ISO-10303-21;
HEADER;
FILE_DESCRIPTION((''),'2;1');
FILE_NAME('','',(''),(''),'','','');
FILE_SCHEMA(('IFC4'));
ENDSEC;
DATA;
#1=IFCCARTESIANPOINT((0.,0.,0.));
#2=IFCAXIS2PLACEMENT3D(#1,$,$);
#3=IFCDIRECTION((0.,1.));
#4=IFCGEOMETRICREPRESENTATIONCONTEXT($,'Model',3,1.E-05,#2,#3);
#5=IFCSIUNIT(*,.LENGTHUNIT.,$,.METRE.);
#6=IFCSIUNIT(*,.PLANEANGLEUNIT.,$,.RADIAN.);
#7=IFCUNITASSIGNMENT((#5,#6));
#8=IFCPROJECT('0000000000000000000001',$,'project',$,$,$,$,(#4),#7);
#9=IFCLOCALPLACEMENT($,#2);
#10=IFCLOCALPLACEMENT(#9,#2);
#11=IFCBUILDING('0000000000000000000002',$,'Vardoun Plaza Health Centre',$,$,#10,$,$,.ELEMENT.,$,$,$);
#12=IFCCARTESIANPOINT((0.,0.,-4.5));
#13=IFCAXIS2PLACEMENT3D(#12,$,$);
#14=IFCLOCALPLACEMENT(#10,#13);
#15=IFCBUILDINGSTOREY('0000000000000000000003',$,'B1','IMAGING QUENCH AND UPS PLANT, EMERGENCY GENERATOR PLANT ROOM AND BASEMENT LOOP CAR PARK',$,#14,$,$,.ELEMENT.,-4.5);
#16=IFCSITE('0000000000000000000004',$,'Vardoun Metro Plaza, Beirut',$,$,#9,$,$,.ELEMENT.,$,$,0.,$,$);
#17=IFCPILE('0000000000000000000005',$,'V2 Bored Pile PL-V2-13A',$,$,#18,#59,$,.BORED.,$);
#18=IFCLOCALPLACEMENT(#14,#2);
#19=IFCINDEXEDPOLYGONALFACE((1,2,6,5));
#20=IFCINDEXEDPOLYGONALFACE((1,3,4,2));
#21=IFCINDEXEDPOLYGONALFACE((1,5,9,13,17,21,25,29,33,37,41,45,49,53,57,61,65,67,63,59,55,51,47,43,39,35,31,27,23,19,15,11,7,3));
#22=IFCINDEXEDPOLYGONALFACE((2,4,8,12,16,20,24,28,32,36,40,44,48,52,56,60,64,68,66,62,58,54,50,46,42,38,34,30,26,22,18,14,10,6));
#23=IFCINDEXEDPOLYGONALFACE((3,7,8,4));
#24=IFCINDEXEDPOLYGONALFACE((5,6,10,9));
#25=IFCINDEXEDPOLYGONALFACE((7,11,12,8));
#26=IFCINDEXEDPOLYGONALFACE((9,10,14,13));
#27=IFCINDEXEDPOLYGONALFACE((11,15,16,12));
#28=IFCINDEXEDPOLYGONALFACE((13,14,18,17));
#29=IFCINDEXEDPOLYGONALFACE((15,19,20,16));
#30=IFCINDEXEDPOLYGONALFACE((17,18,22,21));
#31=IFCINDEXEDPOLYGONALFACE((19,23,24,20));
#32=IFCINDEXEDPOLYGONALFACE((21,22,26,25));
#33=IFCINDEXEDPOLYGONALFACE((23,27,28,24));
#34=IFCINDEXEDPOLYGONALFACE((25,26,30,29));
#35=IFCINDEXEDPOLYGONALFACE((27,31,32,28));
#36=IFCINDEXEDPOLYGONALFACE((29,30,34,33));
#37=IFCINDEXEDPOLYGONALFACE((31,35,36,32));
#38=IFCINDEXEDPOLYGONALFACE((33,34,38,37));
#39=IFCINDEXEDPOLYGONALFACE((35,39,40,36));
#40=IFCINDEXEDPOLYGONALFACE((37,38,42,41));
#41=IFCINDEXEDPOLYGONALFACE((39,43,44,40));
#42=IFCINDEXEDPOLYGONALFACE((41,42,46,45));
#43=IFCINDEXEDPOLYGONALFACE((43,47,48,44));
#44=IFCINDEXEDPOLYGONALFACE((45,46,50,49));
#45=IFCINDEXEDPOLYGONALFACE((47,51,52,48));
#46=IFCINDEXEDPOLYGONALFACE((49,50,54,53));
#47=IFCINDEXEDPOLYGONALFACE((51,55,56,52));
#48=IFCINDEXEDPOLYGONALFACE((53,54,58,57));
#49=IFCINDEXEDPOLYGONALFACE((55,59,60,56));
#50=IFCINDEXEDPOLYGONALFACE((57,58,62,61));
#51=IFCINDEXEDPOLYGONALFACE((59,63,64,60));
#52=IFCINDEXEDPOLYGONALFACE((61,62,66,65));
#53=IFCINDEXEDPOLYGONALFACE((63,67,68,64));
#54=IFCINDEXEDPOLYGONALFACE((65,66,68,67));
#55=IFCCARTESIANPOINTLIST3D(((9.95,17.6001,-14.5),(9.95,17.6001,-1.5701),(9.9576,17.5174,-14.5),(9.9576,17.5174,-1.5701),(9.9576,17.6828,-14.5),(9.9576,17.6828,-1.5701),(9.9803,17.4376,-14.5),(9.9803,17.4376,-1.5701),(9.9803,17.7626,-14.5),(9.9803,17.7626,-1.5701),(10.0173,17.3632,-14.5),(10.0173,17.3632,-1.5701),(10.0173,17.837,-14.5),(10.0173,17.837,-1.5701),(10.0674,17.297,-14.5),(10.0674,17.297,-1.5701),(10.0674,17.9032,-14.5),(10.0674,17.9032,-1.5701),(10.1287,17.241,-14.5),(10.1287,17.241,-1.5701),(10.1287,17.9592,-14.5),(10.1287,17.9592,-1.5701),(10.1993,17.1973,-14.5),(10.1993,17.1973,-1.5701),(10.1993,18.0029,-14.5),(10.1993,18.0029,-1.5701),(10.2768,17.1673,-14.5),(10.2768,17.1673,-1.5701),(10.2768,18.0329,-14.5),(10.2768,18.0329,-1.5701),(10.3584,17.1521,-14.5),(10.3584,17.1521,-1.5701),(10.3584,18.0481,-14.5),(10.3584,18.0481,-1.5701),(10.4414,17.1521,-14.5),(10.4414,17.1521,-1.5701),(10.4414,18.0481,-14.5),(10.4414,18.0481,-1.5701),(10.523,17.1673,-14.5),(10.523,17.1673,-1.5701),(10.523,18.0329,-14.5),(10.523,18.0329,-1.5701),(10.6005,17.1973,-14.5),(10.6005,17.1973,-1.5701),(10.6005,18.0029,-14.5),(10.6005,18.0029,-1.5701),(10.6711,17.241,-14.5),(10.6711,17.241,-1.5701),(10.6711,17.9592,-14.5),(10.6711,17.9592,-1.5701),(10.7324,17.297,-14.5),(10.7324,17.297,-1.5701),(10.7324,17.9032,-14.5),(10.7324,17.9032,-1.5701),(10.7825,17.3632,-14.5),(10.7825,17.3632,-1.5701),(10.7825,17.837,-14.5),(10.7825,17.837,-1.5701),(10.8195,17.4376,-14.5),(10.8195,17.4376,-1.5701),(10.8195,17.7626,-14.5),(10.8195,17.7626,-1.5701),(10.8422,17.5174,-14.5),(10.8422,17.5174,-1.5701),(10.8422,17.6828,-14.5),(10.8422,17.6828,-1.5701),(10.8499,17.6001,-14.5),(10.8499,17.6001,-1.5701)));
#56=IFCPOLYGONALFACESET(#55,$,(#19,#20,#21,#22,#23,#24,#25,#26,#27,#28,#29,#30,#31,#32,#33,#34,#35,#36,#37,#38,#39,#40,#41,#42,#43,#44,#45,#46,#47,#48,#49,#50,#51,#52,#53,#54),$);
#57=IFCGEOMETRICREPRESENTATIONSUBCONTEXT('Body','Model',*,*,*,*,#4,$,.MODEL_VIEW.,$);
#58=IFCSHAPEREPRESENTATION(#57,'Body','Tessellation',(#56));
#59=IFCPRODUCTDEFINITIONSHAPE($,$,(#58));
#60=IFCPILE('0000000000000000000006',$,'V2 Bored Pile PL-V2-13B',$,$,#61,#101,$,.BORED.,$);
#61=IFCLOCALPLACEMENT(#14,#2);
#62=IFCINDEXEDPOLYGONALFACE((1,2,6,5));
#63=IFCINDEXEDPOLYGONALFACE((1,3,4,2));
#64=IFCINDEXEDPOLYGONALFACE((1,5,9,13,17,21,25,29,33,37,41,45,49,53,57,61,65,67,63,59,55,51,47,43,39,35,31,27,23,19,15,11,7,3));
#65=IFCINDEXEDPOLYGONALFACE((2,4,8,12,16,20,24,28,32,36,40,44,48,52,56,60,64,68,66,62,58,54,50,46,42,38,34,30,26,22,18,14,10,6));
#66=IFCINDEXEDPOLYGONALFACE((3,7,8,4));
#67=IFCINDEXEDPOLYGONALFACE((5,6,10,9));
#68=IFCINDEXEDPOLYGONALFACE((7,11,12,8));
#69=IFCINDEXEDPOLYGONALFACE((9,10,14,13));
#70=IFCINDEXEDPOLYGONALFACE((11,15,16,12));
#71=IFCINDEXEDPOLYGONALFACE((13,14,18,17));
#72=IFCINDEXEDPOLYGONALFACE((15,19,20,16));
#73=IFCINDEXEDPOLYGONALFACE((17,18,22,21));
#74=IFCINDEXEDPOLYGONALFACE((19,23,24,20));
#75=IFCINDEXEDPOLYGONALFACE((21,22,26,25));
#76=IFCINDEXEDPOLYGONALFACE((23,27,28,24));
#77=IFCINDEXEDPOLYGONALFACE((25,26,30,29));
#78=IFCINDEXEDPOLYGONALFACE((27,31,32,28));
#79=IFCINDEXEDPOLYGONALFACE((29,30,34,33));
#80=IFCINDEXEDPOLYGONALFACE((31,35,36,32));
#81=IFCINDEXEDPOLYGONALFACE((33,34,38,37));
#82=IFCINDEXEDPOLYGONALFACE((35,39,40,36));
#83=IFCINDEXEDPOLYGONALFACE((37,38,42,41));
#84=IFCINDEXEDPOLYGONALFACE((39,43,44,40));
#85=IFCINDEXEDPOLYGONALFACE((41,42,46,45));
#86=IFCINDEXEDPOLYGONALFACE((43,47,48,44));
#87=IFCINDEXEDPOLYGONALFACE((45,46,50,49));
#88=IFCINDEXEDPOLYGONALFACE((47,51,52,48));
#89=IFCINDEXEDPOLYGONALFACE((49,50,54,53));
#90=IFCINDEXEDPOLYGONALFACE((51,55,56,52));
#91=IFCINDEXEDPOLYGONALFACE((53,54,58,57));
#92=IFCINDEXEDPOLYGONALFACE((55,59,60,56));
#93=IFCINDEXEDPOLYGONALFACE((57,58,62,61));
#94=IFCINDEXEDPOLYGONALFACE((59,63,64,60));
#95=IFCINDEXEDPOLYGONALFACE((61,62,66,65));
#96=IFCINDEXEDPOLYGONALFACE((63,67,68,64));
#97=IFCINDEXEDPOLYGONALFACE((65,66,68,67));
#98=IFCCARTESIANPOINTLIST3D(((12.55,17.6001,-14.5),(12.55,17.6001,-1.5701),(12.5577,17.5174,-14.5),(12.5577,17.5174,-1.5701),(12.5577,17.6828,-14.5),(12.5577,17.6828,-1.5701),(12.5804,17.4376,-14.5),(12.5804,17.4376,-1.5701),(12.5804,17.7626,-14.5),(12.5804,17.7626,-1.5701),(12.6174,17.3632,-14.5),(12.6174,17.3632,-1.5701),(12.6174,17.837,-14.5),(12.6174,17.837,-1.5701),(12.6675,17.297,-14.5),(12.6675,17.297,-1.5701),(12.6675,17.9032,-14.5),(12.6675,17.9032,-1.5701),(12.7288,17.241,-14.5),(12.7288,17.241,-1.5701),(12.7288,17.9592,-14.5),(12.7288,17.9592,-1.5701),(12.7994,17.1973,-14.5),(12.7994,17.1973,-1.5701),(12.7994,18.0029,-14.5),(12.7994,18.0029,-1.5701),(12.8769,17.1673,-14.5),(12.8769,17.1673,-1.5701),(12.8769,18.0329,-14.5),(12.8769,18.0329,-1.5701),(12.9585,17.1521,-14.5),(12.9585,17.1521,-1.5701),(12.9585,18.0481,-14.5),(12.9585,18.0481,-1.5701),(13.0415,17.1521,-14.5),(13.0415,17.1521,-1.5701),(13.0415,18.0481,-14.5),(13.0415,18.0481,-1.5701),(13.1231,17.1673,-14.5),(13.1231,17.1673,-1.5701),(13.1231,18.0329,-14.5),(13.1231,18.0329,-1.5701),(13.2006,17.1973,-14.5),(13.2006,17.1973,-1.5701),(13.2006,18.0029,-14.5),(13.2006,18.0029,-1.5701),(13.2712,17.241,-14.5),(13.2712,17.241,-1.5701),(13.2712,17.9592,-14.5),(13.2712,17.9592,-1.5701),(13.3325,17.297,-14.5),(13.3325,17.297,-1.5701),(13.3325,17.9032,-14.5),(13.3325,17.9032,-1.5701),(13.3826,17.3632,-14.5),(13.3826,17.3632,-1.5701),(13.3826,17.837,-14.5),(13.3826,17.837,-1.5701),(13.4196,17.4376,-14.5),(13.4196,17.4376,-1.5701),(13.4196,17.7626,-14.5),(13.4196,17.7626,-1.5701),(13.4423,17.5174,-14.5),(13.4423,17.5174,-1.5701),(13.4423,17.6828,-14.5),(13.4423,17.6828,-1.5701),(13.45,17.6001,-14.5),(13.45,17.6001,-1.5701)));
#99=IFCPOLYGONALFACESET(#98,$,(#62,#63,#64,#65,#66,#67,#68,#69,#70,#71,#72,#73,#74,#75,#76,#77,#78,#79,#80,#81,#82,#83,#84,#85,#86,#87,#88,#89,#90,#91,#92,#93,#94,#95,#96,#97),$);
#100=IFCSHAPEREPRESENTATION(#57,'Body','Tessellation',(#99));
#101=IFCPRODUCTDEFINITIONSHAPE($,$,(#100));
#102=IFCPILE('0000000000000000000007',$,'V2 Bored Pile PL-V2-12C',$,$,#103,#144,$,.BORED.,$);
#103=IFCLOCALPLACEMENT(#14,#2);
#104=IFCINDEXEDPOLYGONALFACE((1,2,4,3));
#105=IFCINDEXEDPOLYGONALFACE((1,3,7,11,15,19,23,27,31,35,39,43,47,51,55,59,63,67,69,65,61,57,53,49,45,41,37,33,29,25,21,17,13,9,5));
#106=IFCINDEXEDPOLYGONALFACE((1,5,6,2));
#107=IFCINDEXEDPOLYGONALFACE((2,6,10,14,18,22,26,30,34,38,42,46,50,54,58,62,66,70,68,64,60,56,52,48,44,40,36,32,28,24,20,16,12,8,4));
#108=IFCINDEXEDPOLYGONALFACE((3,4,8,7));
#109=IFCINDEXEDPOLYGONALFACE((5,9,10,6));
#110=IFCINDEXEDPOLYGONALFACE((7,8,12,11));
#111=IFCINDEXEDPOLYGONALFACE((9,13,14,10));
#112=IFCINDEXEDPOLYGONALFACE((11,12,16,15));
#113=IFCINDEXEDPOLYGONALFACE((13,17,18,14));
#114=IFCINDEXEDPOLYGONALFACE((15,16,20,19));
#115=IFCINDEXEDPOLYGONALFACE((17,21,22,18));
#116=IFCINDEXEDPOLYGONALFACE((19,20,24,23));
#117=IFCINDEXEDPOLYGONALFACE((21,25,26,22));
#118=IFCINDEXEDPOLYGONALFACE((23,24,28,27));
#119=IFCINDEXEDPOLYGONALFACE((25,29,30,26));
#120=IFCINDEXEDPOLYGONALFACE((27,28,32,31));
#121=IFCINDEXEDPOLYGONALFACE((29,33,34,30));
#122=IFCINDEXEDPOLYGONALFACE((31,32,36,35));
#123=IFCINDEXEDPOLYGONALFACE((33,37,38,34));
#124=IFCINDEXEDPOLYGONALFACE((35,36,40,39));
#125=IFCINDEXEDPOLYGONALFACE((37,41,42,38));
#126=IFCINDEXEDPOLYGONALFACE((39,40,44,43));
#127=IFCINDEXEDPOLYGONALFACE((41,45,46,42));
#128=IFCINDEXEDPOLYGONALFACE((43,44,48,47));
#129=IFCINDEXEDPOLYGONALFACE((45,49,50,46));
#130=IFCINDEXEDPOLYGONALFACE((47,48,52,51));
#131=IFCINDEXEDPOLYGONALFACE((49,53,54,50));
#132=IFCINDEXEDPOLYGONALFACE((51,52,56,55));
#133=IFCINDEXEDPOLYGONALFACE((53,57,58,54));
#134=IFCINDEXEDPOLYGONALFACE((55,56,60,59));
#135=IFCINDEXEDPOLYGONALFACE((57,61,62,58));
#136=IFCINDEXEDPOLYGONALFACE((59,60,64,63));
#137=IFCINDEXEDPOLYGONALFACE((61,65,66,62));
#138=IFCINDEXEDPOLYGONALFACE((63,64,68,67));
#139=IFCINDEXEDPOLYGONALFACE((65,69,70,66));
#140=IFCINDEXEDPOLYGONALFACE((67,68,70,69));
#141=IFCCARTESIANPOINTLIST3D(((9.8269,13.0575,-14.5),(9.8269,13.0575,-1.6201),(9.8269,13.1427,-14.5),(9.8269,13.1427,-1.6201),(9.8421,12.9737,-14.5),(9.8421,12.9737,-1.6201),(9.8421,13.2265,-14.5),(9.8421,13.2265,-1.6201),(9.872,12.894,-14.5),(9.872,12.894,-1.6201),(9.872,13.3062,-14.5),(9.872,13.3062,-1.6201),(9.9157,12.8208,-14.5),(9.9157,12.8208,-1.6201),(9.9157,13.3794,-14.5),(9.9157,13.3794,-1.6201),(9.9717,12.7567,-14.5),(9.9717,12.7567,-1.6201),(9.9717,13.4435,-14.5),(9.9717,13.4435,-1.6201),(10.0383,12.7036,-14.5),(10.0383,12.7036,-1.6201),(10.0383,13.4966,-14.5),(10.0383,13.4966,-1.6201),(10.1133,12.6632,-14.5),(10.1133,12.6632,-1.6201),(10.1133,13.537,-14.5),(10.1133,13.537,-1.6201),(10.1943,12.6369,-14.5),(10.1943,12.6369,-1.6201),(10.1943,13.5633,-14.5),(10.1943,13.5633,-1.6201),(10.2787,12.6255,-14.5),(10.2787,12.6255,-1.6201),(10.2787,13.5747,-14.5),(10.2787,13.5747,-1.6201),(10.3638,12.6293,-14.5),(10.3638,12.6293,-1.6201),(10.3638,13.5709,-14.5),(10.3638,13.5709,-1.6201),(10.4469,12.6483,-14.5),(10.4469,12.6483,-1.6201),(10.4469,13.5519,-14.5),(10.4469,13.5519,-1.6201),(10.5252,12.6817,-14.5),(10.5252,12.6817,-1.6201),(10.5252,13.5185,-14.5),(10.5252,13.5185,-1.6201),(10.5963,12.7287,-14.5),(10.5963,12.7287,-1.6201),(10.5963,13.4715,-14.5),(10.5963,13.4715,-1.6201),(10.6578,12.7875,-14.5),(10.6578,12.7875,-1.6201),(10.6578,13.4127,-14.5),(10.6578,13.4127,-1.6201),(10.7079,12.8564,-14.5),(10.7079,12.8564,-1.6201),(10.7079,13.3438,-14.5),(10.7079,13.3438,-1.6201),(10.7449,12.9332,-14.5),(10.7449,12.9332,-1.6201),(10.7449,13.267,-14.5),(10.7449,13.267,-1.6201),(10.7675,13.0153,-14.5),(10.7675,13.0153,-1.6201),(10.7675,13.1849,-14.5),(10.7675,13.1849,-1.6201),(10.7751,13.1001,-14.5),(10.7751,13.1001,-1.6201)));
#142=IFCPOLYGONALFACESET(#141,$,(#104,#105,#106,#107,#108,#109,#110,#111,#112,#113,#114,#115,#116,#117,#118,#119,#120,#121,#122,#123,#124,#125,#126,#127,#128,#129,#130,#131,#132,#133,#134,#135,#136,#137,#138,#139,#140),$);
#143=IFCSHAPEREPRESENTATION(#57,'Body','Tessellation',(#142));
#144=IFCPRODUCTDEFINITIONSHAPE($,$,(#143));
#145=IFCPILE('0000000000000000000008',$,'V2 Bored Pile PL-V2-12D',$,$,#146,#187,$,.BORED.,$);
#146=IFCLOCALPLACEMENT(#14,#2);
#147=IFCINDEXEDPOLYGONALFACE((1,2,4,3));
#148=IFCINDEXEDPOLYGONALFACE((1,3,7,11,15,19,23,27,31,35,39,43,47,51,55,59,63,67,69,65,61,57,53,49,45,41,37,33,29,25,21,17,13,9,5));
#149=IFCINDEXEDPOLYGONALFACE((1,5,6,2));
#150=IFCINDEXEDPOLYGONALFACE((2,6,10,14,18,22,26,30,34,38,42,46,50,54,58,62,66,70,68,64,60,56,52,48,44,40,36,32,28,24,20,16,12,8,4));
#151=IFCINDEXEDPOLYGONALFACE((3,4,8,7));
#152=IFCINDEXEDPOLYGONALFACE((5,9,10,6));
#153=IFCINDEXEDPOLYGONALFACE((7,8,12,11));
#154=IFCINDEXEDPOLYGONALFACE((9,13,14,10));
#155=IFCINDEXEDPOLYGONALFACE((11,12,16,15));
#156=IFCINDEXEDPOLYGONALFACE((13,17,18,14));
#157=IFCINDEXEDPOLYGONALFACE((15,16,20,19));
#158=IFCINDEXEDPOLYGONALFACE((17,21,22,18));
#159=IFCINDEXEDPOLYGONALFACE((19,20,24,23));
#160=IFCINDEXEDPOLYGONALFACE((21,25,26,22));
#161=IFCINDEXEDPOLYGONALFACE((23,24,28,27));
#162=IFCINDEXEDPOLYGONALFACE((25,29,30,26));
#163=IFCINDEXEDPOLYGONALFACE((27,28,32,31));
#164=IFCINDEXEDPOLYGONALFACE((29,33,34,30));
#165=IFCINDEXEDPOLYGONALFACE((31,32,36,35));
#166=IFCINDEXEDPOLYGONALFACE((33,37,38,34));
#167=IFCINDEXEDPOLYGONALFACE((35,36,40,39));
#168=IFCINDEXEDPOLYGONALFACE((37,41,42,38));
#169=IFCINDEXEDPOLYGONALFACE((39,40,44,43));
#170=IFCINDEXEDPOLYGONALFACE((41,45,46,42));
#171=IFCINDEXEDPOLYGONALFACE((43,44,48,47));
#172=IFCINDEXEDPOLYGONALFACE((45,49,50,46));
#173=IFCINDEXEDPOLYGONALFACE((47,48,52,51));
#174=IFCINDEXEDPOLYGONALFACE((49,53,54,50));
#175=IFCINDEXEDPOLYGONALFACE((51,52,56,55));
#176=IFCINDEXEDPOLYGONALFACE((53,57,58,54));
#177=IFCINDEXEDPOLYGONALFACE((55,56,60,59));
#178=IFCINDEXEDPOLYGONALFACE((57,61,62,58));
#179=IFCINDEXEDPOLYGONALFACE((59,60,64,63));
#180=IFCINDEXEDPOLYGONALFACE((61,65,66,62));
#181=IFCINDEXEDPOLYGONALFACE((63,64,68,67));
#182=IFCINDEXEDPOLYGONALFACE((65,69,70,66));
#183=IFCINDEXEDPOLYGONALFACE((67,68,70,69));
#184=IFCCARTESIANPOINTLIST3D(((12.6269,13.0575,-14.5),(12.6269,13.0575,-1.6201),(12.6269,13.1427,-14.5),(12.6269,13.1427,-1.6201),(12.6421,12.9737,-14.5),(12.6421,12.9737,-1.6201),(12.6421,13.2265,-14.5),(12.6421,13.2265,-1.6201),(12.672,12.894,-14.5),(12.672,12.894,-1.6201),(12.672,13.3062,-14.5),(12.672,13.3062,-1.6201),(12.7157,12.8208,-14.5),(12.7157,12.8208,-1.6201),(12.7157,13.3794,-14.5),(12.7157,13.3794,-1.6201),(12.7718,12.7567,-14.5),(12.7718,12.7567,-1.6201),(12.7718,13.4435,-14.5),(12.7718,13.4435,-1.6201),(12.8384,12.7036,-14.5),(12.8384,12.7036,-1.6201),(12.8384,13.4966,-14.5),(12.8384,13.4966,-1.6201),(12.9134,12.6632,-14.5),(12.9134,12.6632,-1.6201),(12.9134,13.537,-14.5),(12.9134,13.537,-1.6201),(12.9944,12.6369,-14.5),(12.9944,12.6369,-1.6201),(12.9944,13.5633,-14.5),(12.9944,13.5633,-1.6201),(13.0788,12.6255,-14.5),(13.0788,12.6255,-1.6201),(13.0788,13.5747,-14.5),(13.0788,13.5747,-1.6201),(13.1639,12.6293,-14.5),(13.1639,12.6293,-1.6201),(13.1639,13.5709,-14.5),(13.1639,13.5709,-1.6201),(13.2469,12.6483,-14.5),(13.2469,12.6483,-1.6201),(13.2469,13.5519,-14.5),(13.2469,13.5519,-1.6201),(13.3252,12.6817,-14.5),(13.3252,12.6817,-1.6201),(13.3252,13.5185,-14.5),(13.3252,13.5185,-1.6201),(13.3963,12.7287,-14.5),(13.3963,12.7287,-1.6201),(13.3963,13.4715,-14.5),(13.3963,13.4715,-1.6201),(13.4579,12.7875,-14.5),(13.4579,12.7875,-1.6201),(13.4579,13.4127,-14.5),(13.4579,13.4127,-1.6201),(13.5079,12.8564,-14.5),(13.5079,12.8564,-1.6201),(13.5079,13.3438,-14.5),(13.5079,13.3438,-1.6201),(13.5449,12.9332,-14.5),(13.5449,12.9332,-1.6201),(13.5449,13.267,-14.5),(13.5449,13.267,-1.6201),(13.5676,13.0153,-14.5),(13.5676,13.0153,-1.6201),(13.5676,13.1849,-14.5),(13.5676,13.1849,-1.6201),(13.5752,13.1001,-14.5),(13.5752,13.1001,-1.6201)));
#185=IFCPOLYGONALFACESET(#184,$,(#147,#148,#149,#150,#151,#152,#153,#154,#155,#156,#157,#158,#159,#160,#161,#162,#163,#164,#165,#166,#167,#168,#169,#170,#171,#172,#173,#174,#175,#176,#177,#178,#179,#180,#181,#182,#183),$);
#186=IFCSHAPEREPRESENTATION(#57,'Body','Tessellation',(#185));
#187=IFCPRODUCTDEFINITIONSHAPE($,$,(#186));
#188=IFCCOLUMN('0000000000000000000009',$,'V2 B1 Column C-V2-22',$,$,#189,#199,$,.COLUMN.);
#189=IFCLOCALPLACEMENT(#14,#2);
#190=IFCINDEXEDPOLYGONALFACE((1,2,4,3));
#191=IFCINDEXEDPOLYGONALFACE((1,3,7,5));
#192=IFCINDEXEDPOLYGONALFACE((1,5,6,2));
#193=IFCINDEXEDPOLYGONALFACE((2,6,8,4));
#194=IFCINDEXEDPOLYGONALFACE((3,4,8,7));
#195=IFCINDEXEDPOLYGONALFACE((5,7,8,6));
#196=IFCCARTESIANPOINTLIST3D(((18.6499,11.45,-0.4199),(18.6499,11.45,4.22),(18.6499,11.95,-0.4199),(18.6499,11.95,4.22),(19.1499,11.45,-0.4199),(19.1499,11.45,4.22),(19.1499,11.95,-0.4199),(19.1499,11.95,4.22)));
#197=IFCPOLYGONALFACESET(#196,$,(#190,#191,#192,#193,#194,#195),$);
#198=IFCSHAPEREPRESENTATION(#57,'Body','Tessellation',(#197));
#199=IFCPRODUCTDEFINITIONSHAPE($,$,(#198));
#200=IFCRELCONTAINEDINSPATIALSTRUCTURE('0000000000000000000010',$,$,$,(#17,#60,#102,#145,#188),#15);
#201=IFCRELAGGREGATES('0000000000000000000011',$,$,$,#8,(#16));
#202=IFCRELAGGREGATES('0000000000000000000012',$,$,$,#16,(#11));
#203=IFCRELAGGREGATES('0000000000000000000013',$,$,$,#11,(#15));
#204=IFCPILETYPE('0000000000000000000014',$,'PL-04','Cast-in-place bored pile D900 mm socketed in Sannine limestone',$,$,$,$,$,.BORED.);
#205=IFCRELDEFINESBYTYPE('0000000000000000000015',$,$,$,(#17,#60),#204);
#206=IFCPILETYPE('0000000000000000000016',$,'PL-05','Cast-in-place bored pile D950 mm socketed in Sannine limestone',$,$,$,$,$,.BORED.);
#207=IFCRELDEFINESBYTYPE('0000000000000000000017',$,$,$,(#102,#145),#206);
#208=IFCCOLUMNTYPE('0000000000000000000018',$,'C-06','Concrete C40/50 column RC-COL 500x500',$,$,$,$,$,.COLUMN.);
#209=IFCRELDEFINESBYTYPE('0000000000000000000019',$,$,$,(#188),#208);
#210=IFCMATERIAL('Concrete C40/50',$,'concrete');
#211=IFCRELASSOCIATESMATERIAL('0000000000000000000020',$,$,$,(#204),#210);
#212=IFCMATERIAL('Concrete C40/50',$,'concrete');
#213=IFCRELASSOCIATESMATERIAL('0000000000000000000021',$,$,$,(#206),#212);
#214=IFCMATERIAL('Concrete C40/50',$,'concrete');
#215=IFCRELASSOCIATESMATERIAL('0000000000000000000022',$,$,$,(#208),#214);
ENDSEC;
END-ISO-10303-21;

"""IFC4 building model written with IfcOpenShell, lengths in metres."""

from ifc_helpers import new_model, si_unit, direction, frame, origin, origin_2d, place, context, subcontext, project, spatial, rectangle, circle, extrude, material, material_profile, profile_set, type_object, element, save


model = new_model("IFC4")

# Units and contexts
model_context = context("Model", 3, precision=1e-05, world=origin(), true_north=direction((0.0, 1.0)))
body_context = subcontext(model_context, "Body", "Model", "MODEL_VIEW")
ifc_project = project(units=[si_unit("LENGTHUNIT", "METRE"), si_unit("PLANEANGLEUNIT", "RADIAN")], contexts=[model_context])

# Site, building, storey
site_placement = place(None, origin())
site = spatial("IfcSite", under=ifc_project, at=site_placement, Name="Vardoun Metro Plaza, Beirut", CompositionType="ELEMENT", RefElevation=0.0)
building_placement = place(site_placement, origin())
building = spatial("IfcBuilding", under=site, at=building_placement, Name="Vardoun Plaza Health Centre", CompositionType="ELEMENT")
storey_placement = place(building_placement, frame((0.0, 0.0, -4.5)))
storey = spatial("IfcBuildingStorey", under=building, at=storey_placement, Name="B1", Description="IMAGING QUENCH AND UPS PLANT, EMERGENCY GENERATOR PLANT ROOM AND BASEMENT LOOP CAR PARK", CompositionType="ELEMENT", Elevation=-4.5)

# Piles
ifc_material_1 = material(Name="Concrete C40/50", Category="concrete")
ifc_material_profile_1 = material_profile(ifc_material_1, circle(Radius=0.45, at=origin_2d()), Name="PILE D900")
ifc_profile_set_1 = profile_set([ifc_material_profile_1], Name="Concrete C40/50")
pile_type_1 = type_object("IfcPileType", Name="PL-04", Description="Cast-in-place bored pile D900 mm socketed in Sannine limestone", PredefinedType="BORED", material=ifc_profile_set_1)
for number, where, z_axis, x_axis, name in (
    (1, (10.3999, 17.6001, -1.5701), (0.0, 0.0, -1.0), (1.0, 0.0, 0.0), "V2 Bored Pile PL-V2-13A"),
    (2, (13.0, 17.6001, -1.5701), (0.0, 0.0, -1.0), (1.0, 0.0, 0.0), "V2 Bored Pile PL-V2-13B"),
):
    element("IfcPile", number, at=place(storey_placement, frame(where, z_axis=z_axis, x_axis=x_axis)), inside=storey, type_object=pile_type_1, Name=name, PredefinedType="BORED", context=body_context, shape_type="SweptSolid", body=[
        extrude(circle(Radius=0.45, at=origin_2d()), origin(), (0.0, 0.0, 1.0), 12.9299),
    ])
ifc_material_2 = material(Name="Concrete C40/50", Category="concrete")
ifc_material_profile_2 = material_profile(ifc_material_2, circle(Radius=0.4751, at=origin_2d()), Name="PILE D950")
ifc_profile_set_2 = profile_set([ifc_material_profile_2], Name="Concrete C40/50")
pile_type_2 = type_object("IfcPileType", Name="PL-05", Description="Cast-in-place bored pile D950 mm socketed in Sannine limestone", PredefinedType="BORED", material=ifc_profile_set_2)
for number, where, z_axis, x_axis, name in (
    (3, (10.3, 13.1001, -1.6201), (0.0, 0.0, -1.0), (1.0, 0.0, 0.0), "V2 Bored Pile PL-V2-12C"),
    (4, (13.1001, 13.1001, -1.6201), (0.0, 0.0, -1.0), (1.0, 0.0, 0.0), "V2 Bored Pile PL-V2-12D"),
):
    element("IfcPile", number, at=place(storey_placement, frame(where, z_axis=z_axis, x_axis=x_axis)), inside=storey, type_object=pile_type_2, Name=name, PredefinedType="BORED", context=body_context, shape_type="SweptSolid", body=[
        extrude(circle(Radius=0.4751, at=origin_2d()), origin(), (0.0, 0.0, 1.0), 12.8799),
    ])

# Column
ifc_material_3 = material(Name="Concrete C40/50", Category="concrete")
ifc_material_profile_3 = material_profile(ifc_material_3, rectangle(XDim=0.5, YDim=0.5, at=origin_2d()), Name="RC-COL 500x500")
ifc_profile_set_3 = profile_set([ifc_material_profile_3], Name="Concrete C40/50")
column_type_1 = type_object("IfcColumnType", Name="C-06", Description="Concrete C40/50 column RC-COL 500x500", PredefinedType="COLUMN", material=ifc_profile_set_3)
column_1_placement = place(storey_placement, frame((18.8999, 11.7, -0.4199), z_axis=(0.0, 0.0, 1.0), x_axis=(1.0, 0.0, 0.0)))
element("IfcColumn", 5, at=column_1_placement, inside=storey, type_object=column_type_1, Name="V2 B1 Column C-V2-22", PredefinedType="COLUMN", context=body_context, shape_type="SweptSolid", body=[
    extrude(rectangle(XDim=0.5, YDim=0.5, at=origin_2d()), origin(), (0.0, 0.0, 1.0), 4.6399),
])

save(model, "model.ifc")
